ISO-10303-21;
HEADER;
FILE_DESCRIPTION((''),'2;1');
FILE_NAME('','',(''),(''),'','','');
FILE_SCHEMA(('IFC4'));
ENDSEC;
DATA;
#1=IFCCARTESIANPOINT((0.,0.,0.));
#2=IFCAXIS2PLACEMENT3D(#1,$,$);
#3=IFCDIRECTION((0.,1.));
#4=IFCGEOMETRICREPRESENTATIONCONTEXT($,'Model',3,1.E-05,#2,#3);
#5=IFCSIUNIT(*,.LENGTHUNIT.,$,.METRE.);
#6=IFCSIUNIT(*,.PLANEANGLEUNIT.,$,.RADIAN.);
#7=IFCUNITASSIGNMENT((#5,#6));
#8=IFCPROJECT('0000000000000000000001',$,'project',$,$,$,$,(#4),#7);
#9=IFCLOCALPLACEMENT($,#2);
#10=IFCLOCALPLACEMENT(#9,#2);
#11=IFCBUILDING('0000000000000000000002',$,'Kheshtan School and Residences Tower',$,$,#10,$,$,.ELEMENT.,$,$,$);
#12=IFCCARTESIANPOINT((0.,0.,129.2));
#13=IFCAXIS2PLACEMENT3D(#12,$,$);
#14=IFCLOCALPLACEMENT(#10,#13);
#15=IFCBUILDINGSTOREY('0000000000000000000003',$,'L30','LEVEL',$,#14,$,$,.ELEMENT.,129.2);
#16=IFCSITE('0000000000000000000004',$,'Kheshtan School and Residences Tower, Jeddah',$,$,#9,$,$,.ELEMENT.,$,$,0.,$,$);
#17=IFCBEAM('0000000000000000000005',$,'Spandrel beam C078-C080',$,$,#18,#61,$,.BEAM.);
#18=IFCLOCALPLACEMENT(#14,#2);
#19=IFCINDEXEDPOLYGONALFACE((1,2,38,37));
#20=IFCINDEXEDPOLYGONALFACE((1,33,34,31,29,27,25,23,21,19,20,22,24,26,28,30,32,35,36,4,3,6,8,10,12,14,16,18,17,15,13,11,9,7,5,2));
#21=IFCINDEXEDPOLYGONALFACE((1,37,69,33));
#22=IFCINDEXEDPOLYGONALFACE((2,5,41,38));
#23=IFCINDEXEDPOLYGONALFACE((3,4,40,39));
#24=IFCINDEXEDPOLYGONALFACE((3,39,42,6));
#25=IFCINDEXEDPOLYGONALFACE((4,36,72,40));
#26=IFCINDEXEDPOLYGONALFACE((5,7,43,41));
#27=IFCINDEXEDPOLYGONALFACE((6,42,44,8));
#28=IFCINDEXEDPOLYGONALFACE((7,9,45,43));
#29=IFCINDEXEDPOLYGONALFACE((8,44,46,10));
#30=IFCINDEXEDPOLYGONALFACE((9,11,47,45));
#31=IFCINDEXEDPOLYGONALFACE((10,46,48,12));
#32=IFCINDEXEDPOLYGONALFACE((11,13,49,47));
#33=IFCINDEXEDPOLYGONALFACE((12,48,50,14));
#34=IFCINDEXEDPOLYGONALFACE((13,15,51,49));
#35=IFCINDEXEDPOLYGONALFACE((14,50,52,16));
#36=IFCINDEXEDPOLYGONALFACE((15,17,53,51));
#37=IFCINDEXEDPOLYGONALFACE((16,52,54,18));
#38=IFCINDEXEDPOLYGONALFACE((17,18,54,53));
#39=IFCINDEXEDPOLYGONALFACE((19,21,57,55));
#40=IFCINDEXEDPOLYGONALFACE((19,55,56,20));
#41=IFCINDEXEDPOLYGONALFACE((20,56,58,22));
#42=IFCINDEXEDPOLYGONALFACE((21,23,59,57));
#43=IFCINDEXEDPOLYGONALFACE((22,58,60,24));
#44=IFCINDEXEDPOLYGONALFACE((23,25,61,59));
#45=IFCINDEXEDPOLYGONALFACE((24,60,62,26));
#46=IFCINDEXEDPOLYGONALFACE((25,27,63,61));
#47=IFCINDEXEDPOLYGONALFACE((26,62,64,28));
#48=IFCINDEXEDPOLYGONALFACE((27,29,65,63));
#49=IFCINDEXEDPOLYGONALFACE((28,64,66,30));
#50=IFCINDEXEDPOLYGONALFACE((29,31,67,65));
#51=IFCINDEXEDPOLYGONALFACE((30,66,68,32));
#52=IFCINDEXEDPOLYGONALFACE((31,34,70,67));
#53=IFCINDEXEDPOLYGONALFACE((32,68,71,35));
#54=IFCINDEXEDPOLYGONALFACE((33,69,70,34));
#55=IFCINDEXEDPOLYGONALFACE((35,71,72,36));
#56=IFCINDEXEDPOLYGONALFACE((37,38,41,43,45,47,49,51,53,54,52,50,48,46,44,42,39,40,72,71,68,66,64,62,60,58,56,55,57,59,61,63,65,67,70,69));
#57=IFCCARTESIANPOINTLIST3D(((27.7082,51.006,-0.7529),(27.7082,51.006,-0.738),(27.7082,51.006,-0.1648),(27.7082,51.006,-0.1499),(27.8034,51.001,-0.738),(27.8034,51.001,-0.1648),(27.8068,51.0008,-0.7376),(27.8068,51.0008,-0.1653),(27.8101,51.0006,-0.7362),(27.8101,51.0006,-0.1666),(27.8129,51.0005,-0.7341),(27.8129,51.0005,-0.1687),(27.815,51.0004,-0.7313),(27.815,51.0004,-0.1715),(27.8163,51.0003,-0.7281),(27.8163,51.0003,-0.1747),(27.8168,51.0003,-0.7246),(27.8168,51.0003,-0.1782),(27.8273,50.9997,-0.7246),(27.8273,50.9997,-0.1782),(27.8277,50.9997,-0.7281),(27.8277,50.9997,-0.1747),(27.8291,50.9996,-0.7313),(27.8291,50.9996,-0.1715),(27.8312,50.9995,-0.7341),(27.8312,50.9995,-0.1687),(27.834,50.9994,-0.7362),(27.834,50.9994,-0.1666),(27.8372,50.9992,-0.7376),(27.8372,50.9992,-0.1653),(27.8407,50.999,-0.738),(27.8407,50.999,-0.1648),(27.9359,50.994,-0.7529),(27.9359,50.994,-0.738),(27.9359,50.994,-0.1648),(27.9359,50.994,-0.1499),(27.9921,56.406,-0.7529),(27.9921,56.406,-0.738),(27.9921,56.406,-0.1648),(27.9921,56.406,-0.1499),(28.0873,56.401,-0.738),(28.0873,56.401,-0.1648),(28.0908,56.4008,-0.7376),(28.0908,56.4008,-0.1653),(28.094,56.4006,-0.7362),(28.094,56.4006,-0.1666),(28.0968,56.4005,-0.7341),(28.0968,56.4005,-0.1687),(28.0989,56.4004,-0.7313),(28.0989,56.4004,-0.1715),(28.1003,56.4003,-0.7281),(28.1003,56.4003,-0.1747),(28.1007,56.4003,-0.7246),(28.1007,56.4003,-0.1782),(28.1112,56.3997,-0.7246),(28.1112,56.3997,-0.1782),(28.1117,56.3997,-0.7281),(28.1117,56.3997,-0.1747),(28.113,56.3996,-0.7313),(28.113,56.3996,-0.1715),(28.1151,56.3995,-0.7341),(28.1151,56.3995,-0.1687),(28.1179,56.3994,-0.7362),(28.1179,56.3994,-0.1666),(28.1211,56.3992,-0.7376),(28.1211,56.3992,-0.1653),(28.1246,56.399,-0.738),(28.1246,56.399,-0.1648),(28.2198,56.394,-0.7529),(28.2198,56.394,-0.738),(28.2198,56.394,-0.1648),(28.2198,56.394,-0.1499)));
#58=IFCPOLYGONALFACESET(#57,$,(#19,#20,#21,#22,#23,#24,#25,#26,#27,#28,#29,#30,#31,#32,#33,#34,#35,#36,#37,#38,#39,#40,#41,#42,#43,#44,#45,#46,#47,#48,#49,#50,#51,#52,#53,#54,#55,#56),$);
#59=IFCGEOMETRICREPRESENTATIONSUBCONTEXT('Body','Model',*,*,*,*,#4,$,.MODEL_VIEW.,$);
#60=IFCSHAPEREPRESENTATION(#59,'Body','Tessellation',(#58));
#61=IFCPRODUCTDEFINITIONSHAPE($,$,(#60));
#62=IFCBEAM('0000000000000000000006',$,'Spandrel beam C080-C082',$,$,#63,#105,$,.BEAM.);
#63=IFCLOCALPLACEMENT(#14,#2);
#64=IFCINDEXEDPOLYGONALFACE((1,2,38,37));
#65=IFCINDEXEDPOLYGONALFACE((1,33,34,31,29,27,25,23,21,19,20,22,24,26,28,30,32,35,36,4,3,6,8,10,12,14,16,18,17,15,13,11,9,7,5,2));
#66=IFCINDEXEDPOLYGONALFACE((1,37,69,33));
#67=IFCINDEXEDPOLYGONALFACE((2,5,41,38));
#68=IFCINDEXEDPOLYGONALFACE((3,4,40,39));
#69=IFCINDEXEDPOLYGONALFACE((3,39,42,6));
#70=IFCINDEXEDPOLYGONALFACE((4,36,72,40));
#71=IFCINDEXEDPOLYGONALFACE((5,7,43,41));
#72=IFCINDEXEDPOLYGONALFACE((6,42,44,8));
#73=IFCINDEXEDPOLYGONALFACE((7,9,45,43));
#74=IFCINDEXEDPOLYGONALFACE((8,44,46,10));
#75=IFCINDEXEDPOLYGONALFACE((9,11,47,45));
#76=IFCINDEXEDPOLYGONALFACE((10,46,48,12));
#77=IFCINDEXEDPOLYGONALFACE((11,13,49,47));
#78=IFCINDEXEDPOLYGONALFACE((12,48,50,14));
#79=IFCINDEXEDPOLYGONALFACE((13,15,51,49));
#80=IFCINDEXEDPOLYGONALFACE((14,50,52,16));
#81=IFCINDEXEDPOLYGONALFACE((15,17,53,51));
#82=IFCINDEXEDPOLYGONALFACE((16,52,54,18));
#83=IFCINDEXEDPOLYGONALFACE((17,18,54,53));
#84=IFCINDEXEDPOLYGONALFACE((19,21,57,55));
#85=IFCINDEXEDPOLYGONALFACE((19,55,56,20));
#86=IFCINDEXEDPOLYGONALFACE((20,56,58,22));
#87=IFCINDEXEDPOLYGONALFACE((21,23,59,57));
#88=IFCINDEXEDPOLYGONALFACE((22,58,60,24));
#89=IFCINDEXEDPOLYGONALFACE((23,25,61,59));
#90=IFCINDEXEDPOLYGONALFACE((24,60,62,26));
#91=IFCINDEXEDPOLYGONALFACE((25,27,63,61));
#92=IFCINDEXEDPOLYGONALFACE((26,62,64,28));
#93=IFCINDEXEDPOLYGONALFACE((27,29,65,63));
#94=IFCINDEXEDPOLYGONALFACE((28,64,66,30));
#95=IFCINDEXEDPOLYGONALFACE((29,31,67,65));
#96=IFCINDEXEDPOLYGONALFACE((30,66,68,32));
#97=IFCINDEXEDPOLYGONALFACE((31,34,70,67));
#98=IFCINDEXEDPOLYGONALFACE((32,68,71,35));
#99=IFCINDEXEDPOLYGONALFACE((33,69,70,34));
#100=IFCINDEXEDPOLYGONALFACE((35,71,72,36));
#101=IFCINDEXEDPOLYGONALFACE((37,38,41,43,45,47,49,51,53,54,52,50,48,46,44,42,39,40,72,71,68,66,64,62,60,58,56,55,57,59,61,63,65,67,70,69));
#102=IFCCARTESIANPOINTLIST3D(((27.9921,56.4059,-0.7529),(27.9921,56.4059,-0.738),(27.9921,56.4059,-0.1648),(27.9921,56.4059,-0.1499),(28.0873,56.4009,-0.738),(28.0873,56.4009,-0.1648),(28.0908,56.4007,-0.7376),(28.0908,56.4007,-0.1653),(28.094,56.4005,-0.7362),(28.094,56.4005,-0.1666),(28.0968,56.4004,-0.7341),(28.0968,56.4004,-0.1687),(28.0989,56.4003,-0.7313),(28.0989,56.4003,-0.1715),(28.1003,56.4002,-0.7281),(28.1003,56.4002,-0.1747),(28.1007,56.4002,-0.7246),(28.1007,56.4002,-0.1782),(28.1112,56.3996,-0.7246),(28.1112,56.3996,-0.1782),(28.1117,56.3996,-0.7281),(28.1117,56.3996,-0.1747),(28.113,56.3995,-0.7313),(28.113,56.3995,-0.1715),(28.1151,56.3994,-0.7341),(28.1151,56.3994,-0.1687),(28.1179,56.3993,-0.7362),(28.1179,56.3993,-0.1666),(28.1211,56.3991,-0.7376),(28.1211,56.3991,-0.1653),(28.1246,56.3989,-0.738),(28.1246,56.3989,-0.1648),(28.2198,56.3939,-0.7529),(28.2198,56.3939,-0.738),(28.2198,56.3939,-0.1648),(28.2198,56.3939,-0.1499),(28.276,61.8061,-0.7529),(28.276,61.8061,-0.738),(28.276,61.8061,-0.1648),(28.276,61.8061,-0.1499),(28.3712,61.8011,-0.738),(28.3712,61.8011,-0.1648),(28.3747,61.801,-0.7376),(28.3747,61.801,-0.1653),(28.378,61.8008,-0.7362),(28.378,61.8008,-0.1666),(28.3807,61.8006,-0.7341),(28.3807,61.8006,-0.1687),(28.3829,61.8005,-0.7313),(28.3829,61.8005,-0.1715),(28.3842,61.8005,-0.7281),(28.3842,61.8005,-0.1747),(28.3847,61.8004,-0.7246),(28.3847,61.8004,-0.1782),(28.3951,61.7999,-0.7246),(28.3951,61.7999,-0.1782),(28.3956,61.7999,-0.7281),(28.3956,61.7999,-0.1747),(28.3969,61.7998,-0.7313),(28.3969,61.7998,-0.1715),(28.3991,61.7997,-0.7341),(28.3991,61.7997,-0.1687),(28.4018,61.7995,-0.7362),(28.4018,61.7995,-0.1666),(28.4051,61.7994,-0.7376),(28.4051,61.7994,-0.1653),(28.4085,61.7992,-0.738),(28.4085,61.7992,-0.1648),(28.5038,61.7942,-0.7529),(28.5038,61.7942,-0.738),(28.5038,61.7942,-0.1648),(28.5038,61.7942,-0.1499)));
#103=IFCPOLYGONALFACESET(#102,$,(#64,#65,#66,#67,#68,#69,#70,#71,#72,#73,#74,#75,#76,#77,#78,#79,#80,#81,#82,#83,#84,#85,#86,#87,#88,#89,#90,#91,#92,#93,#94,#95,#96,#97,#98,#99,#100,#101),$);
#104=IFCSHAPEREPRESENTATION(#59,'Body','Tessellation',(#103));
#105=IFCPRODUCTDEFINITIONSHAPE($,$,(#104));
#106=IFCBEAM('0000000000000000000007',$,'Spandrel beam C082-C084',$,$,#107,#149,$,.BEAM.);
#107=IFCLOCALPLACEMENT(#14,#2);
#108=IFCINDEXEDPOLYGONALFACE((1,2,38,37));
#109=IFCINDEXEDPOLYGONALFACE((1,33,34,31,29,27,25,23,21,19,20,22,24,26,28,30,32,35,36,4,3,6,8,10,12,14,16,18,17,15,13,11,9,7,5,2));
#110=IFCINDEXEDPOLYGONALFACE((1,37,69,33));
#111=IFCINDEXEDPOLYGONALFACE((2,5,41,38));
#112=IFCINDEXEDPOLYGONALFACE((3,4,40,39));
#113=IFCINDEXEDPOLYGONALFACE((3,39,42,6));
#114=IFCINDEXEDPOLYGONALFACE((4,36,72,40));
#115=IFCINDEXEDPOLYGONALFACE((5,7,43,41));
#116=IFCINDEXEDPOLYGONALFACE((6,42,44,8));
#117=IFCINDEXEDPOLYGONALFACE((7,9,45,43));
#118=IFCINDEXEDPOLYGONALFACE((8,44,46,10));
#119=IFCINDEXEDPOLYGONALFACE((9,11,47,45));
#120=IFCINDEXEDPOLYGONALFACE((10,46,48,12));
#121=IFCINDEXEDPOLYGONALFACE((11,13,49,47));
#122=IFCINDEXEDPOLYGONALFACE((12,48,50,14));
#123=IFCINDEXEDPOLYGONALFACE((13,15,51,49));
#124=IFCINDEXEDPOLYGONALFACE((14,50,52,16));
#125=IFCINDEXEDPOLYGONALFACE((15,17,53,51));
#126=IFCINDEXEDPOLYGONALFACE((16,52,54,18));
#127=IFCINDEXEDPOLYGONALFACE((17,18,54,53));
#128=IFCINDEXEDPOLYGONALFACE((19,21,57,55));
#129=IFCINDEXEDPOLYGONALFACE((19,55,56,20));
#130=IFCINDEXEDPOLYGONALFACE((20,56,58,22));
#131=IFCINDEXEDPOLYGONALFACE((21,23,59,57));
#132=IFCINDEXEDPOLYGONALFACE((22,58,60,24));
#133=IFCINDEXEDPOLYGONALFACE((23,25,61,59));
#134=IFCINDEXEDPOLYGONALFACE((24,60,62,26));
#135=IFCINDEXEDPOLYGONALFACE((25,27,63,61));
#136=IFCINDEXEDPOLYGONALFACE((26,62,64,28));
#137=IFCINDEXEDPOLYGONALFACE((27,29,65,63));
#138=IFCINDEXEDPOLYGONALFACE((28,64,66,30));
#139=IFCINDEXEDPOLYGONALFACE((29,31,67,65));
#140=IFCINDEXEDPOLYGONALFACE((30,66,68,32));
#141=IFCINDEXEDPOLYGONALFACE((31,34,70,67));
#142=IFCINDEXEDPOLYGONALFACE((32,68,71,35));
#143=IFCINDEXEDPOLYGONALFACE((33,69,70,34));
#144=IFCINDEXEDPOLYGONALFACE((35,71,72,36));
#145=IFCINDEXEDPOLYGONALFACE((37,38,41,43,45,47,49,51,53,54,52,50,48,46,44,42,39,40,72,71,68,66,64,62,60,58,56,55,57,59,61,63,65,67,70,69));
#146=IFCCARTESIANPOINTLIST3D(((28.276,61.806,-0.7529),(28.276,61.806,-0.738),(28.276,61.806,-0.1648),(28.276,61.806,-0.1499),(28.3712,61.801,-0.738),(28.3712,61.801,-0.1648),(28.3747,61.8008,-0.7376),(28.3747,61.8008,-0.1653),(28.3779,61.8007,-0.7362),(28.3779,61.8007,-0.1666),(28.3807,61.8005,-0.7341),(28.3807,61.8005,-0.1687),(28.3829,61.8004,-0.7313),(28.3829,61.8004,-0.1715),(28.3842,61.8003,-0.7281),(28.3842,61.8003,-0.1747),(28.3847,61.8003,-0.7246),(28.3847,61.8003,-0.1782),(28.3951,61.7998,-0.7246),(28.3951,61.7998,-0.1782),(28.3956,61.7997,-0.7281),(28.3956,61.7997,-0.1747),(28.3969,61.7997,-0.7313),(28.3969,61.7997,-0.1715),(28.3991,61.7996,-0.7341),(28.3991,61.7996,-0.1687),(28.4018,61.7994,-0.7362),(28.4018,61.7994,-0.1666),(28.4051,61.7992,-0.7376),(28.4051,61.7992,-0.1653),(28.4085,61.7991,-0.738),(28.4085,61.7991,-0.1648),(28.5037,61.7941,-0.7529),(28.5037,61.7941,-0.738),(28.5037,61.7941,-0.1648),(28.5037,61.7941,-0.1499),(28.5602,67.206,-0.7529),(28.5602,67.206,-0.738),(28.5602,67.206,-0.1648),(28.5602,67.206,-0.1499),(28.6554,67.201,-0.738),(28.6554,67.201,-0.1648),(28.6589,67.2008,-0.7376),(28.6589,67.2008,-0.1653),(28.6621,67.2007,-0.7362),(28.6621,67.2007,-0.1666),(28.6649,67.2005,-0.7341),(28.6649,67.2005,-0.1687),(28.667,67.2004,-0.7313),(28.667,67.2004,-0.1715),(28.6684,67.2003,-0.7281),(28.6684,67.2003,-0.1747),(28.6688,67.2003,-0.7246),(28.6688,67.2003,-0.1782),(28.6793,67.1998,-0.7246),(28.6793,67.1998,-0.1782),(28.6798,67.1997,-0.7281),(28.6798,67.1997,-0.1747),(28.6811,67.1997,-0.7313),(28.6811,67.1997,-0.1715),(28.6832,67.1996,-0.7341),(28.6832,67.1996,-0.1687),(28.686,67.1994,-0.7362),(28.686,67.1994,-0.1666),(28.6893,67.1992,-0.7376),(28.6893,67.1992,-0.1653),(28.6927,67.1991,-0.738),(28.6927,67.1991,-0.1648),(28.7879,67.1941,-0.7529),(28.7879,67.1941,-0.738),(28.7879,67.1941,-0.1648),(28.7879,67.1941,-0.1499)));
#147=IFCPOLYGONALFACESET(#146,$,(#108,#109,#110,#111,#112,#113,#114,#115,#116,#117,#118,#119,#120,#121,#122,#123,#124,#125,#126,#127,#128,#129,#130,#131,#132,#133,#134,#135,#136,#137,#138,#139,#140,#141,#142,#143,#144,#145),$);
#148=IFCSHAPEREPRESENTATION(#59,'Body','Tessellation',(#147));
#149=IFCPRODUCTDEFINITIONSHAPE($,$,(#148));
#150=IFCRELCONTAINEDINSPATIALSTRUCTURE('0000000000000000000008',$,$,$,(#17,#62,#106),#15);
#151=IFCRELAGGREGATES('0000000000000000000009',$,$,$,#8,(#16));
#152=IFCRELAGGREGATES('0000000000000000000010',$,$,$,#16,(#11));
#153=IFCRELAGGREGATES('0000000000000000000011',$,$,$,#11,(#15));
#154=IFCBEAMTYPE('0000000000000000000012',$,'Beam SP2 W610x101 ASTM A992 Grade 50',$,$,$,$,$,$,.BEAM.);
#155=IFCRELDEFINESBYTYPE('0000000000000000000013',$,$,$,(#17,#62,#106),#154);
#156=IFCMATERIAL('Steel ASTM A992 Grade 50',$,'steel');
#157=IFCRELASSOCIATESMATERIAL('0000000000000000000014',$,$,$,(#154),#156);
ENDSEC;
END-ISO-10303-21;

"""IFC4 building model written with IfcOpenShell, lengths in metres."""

from ifc_helpers import new_model, si_unit, direction, frame, origin, origin_2d, place, context, subcontext, project, spatial, i_section, extrude, material, material_profile, profile_set, type_object, element, save


model = new_model("IFC4")

# Units and contexts
model_context = context("Model", 3, precision=1e-05, world=origin(), true_north=direction((0.0, 1.0)))
body_context = subcontext(model_context, "Body", "Model", "MODEL_VIEW")
ifc_project = project(units=[si_unit("LENGTHUNIT", "METRE"), si_unit("PLANEANGLEUNIT", "RADIAN")], contexts=[model_context])

# Site, building, storey
site_placement = place(None, origin())
site = spatial("IfcSite", under=ifc_project, at=site_placement, Name="Kheshtan School and Residences Tower, Jeddah", CompositionType="ELEMENT", RefElevation=0.0)
building_placement = place(site_placement, origin())
building = spatial("IfcBuilding", under=site, at=building_placement, Name="Kheshtan School and Residences Tower", CompositionType="ELEMENT")
storey_placement = place(building_placement, frame((0.0, 0.0, 129.2)))
storey = spatial("IfcBuildingStorey", under=building, at=storey_placement, Name="L30", Description="LEVEL", CompositionType="ELEMENT", Elevation=129.2)

# Shared definitions
ifc_material_1 = material(Name="Steel ASTM A992 Grade 50", Category="steel")

# Beams
ifc_material_profile_1 = material_profile(ifc_material_1, i_section(OverallWidth=0.228, OverallDepth=0.603, WebThickness=0.0105, FlangeThickness=0.0149, FilletRadius=0.0134, at=origin_2d()), Name="W610x101")
ifc_profile_set_1 = profile_set([ifc_material_profile_1], Name="Steel ASTM A992 Grade 50")
beam_type_1 = type_object("IfcBeamType", Name="Beam SP2 W610x101 ASTM A992 Grade 50", PredefinedType="BEAM", material=ifc_profile_set_1)
beam_1_placement = place(storey_placement, frame((27.822, 51.0, -0.4514), z_axis=(0.052509, 0.99862, 0.0), x_axis=(-0.99862, 0.052509, 0.0)))
element("IfcBeam", 1, at=beam_1_placement, inside=storey, type_object=beam_type_1, Name="Spandrel beam C078-C080", PredefinedType="BEAM", context=body_context, shape_type="SweptSolid", body=[
    extrude(i_section(OverallWidth=0.228, OverallDepth=0.603, WebThickness=0.0105, FlangeThickness=0.0149, FilletRadius=0.0134, at=origin_2d()), origin(), (0.0, 0.0, 1.0), 5.4075),
])
beam_2_placement = place(storey_placement, frame((28.106, 56.3999, -0.4514), z_axis=(0.052507, 0.998621, 0.0), x_axis=(-0.998621, 0.052507, 0.0)))
element("IfcBeam", 2, at=beam_2_placement, inside=storey, type_object=beam_type_1, Name="Spandrel beam C080-C082", PredefinedType="BEAM", context=body_context, shape_type="SweptSolid", body=[
    extrude(i_section(OverallWidth=0.228, OverallDepth=0.603, WebThickness=0.0105, FlangeThickness=0.0149, FilletRadius=0.0134, at=origin_2d()), origin(), (0.0, 0.0, 1.0), 5.4077),
])
beam_3_placement = place(storey_placement, frame((28.3899, 61.8, -0.4514), z_axis=(0.052554, 0.998618, 0.0), x_axis=(-0.998618, 0.052554, 0.0)))
element("IfcBeam", 3, at=beam_3_placement, inside=storey, type_object=beam_type_1, Name="Spandrel beam C082-C084", PredefinedType="BEAM", context=body_context, shape_type="SweptSolid", body=[
    extrude(i_section(OverallWidth=0.228, OverallDepth=0.603, WebThickness=0.0105, FlangeThickness=0.0149, FilletRadius=0.0134, at=origin_2d()), origin(), (0.0, 0.0, 1.0), 5.4075),
])

save(model, "model.ifc")
